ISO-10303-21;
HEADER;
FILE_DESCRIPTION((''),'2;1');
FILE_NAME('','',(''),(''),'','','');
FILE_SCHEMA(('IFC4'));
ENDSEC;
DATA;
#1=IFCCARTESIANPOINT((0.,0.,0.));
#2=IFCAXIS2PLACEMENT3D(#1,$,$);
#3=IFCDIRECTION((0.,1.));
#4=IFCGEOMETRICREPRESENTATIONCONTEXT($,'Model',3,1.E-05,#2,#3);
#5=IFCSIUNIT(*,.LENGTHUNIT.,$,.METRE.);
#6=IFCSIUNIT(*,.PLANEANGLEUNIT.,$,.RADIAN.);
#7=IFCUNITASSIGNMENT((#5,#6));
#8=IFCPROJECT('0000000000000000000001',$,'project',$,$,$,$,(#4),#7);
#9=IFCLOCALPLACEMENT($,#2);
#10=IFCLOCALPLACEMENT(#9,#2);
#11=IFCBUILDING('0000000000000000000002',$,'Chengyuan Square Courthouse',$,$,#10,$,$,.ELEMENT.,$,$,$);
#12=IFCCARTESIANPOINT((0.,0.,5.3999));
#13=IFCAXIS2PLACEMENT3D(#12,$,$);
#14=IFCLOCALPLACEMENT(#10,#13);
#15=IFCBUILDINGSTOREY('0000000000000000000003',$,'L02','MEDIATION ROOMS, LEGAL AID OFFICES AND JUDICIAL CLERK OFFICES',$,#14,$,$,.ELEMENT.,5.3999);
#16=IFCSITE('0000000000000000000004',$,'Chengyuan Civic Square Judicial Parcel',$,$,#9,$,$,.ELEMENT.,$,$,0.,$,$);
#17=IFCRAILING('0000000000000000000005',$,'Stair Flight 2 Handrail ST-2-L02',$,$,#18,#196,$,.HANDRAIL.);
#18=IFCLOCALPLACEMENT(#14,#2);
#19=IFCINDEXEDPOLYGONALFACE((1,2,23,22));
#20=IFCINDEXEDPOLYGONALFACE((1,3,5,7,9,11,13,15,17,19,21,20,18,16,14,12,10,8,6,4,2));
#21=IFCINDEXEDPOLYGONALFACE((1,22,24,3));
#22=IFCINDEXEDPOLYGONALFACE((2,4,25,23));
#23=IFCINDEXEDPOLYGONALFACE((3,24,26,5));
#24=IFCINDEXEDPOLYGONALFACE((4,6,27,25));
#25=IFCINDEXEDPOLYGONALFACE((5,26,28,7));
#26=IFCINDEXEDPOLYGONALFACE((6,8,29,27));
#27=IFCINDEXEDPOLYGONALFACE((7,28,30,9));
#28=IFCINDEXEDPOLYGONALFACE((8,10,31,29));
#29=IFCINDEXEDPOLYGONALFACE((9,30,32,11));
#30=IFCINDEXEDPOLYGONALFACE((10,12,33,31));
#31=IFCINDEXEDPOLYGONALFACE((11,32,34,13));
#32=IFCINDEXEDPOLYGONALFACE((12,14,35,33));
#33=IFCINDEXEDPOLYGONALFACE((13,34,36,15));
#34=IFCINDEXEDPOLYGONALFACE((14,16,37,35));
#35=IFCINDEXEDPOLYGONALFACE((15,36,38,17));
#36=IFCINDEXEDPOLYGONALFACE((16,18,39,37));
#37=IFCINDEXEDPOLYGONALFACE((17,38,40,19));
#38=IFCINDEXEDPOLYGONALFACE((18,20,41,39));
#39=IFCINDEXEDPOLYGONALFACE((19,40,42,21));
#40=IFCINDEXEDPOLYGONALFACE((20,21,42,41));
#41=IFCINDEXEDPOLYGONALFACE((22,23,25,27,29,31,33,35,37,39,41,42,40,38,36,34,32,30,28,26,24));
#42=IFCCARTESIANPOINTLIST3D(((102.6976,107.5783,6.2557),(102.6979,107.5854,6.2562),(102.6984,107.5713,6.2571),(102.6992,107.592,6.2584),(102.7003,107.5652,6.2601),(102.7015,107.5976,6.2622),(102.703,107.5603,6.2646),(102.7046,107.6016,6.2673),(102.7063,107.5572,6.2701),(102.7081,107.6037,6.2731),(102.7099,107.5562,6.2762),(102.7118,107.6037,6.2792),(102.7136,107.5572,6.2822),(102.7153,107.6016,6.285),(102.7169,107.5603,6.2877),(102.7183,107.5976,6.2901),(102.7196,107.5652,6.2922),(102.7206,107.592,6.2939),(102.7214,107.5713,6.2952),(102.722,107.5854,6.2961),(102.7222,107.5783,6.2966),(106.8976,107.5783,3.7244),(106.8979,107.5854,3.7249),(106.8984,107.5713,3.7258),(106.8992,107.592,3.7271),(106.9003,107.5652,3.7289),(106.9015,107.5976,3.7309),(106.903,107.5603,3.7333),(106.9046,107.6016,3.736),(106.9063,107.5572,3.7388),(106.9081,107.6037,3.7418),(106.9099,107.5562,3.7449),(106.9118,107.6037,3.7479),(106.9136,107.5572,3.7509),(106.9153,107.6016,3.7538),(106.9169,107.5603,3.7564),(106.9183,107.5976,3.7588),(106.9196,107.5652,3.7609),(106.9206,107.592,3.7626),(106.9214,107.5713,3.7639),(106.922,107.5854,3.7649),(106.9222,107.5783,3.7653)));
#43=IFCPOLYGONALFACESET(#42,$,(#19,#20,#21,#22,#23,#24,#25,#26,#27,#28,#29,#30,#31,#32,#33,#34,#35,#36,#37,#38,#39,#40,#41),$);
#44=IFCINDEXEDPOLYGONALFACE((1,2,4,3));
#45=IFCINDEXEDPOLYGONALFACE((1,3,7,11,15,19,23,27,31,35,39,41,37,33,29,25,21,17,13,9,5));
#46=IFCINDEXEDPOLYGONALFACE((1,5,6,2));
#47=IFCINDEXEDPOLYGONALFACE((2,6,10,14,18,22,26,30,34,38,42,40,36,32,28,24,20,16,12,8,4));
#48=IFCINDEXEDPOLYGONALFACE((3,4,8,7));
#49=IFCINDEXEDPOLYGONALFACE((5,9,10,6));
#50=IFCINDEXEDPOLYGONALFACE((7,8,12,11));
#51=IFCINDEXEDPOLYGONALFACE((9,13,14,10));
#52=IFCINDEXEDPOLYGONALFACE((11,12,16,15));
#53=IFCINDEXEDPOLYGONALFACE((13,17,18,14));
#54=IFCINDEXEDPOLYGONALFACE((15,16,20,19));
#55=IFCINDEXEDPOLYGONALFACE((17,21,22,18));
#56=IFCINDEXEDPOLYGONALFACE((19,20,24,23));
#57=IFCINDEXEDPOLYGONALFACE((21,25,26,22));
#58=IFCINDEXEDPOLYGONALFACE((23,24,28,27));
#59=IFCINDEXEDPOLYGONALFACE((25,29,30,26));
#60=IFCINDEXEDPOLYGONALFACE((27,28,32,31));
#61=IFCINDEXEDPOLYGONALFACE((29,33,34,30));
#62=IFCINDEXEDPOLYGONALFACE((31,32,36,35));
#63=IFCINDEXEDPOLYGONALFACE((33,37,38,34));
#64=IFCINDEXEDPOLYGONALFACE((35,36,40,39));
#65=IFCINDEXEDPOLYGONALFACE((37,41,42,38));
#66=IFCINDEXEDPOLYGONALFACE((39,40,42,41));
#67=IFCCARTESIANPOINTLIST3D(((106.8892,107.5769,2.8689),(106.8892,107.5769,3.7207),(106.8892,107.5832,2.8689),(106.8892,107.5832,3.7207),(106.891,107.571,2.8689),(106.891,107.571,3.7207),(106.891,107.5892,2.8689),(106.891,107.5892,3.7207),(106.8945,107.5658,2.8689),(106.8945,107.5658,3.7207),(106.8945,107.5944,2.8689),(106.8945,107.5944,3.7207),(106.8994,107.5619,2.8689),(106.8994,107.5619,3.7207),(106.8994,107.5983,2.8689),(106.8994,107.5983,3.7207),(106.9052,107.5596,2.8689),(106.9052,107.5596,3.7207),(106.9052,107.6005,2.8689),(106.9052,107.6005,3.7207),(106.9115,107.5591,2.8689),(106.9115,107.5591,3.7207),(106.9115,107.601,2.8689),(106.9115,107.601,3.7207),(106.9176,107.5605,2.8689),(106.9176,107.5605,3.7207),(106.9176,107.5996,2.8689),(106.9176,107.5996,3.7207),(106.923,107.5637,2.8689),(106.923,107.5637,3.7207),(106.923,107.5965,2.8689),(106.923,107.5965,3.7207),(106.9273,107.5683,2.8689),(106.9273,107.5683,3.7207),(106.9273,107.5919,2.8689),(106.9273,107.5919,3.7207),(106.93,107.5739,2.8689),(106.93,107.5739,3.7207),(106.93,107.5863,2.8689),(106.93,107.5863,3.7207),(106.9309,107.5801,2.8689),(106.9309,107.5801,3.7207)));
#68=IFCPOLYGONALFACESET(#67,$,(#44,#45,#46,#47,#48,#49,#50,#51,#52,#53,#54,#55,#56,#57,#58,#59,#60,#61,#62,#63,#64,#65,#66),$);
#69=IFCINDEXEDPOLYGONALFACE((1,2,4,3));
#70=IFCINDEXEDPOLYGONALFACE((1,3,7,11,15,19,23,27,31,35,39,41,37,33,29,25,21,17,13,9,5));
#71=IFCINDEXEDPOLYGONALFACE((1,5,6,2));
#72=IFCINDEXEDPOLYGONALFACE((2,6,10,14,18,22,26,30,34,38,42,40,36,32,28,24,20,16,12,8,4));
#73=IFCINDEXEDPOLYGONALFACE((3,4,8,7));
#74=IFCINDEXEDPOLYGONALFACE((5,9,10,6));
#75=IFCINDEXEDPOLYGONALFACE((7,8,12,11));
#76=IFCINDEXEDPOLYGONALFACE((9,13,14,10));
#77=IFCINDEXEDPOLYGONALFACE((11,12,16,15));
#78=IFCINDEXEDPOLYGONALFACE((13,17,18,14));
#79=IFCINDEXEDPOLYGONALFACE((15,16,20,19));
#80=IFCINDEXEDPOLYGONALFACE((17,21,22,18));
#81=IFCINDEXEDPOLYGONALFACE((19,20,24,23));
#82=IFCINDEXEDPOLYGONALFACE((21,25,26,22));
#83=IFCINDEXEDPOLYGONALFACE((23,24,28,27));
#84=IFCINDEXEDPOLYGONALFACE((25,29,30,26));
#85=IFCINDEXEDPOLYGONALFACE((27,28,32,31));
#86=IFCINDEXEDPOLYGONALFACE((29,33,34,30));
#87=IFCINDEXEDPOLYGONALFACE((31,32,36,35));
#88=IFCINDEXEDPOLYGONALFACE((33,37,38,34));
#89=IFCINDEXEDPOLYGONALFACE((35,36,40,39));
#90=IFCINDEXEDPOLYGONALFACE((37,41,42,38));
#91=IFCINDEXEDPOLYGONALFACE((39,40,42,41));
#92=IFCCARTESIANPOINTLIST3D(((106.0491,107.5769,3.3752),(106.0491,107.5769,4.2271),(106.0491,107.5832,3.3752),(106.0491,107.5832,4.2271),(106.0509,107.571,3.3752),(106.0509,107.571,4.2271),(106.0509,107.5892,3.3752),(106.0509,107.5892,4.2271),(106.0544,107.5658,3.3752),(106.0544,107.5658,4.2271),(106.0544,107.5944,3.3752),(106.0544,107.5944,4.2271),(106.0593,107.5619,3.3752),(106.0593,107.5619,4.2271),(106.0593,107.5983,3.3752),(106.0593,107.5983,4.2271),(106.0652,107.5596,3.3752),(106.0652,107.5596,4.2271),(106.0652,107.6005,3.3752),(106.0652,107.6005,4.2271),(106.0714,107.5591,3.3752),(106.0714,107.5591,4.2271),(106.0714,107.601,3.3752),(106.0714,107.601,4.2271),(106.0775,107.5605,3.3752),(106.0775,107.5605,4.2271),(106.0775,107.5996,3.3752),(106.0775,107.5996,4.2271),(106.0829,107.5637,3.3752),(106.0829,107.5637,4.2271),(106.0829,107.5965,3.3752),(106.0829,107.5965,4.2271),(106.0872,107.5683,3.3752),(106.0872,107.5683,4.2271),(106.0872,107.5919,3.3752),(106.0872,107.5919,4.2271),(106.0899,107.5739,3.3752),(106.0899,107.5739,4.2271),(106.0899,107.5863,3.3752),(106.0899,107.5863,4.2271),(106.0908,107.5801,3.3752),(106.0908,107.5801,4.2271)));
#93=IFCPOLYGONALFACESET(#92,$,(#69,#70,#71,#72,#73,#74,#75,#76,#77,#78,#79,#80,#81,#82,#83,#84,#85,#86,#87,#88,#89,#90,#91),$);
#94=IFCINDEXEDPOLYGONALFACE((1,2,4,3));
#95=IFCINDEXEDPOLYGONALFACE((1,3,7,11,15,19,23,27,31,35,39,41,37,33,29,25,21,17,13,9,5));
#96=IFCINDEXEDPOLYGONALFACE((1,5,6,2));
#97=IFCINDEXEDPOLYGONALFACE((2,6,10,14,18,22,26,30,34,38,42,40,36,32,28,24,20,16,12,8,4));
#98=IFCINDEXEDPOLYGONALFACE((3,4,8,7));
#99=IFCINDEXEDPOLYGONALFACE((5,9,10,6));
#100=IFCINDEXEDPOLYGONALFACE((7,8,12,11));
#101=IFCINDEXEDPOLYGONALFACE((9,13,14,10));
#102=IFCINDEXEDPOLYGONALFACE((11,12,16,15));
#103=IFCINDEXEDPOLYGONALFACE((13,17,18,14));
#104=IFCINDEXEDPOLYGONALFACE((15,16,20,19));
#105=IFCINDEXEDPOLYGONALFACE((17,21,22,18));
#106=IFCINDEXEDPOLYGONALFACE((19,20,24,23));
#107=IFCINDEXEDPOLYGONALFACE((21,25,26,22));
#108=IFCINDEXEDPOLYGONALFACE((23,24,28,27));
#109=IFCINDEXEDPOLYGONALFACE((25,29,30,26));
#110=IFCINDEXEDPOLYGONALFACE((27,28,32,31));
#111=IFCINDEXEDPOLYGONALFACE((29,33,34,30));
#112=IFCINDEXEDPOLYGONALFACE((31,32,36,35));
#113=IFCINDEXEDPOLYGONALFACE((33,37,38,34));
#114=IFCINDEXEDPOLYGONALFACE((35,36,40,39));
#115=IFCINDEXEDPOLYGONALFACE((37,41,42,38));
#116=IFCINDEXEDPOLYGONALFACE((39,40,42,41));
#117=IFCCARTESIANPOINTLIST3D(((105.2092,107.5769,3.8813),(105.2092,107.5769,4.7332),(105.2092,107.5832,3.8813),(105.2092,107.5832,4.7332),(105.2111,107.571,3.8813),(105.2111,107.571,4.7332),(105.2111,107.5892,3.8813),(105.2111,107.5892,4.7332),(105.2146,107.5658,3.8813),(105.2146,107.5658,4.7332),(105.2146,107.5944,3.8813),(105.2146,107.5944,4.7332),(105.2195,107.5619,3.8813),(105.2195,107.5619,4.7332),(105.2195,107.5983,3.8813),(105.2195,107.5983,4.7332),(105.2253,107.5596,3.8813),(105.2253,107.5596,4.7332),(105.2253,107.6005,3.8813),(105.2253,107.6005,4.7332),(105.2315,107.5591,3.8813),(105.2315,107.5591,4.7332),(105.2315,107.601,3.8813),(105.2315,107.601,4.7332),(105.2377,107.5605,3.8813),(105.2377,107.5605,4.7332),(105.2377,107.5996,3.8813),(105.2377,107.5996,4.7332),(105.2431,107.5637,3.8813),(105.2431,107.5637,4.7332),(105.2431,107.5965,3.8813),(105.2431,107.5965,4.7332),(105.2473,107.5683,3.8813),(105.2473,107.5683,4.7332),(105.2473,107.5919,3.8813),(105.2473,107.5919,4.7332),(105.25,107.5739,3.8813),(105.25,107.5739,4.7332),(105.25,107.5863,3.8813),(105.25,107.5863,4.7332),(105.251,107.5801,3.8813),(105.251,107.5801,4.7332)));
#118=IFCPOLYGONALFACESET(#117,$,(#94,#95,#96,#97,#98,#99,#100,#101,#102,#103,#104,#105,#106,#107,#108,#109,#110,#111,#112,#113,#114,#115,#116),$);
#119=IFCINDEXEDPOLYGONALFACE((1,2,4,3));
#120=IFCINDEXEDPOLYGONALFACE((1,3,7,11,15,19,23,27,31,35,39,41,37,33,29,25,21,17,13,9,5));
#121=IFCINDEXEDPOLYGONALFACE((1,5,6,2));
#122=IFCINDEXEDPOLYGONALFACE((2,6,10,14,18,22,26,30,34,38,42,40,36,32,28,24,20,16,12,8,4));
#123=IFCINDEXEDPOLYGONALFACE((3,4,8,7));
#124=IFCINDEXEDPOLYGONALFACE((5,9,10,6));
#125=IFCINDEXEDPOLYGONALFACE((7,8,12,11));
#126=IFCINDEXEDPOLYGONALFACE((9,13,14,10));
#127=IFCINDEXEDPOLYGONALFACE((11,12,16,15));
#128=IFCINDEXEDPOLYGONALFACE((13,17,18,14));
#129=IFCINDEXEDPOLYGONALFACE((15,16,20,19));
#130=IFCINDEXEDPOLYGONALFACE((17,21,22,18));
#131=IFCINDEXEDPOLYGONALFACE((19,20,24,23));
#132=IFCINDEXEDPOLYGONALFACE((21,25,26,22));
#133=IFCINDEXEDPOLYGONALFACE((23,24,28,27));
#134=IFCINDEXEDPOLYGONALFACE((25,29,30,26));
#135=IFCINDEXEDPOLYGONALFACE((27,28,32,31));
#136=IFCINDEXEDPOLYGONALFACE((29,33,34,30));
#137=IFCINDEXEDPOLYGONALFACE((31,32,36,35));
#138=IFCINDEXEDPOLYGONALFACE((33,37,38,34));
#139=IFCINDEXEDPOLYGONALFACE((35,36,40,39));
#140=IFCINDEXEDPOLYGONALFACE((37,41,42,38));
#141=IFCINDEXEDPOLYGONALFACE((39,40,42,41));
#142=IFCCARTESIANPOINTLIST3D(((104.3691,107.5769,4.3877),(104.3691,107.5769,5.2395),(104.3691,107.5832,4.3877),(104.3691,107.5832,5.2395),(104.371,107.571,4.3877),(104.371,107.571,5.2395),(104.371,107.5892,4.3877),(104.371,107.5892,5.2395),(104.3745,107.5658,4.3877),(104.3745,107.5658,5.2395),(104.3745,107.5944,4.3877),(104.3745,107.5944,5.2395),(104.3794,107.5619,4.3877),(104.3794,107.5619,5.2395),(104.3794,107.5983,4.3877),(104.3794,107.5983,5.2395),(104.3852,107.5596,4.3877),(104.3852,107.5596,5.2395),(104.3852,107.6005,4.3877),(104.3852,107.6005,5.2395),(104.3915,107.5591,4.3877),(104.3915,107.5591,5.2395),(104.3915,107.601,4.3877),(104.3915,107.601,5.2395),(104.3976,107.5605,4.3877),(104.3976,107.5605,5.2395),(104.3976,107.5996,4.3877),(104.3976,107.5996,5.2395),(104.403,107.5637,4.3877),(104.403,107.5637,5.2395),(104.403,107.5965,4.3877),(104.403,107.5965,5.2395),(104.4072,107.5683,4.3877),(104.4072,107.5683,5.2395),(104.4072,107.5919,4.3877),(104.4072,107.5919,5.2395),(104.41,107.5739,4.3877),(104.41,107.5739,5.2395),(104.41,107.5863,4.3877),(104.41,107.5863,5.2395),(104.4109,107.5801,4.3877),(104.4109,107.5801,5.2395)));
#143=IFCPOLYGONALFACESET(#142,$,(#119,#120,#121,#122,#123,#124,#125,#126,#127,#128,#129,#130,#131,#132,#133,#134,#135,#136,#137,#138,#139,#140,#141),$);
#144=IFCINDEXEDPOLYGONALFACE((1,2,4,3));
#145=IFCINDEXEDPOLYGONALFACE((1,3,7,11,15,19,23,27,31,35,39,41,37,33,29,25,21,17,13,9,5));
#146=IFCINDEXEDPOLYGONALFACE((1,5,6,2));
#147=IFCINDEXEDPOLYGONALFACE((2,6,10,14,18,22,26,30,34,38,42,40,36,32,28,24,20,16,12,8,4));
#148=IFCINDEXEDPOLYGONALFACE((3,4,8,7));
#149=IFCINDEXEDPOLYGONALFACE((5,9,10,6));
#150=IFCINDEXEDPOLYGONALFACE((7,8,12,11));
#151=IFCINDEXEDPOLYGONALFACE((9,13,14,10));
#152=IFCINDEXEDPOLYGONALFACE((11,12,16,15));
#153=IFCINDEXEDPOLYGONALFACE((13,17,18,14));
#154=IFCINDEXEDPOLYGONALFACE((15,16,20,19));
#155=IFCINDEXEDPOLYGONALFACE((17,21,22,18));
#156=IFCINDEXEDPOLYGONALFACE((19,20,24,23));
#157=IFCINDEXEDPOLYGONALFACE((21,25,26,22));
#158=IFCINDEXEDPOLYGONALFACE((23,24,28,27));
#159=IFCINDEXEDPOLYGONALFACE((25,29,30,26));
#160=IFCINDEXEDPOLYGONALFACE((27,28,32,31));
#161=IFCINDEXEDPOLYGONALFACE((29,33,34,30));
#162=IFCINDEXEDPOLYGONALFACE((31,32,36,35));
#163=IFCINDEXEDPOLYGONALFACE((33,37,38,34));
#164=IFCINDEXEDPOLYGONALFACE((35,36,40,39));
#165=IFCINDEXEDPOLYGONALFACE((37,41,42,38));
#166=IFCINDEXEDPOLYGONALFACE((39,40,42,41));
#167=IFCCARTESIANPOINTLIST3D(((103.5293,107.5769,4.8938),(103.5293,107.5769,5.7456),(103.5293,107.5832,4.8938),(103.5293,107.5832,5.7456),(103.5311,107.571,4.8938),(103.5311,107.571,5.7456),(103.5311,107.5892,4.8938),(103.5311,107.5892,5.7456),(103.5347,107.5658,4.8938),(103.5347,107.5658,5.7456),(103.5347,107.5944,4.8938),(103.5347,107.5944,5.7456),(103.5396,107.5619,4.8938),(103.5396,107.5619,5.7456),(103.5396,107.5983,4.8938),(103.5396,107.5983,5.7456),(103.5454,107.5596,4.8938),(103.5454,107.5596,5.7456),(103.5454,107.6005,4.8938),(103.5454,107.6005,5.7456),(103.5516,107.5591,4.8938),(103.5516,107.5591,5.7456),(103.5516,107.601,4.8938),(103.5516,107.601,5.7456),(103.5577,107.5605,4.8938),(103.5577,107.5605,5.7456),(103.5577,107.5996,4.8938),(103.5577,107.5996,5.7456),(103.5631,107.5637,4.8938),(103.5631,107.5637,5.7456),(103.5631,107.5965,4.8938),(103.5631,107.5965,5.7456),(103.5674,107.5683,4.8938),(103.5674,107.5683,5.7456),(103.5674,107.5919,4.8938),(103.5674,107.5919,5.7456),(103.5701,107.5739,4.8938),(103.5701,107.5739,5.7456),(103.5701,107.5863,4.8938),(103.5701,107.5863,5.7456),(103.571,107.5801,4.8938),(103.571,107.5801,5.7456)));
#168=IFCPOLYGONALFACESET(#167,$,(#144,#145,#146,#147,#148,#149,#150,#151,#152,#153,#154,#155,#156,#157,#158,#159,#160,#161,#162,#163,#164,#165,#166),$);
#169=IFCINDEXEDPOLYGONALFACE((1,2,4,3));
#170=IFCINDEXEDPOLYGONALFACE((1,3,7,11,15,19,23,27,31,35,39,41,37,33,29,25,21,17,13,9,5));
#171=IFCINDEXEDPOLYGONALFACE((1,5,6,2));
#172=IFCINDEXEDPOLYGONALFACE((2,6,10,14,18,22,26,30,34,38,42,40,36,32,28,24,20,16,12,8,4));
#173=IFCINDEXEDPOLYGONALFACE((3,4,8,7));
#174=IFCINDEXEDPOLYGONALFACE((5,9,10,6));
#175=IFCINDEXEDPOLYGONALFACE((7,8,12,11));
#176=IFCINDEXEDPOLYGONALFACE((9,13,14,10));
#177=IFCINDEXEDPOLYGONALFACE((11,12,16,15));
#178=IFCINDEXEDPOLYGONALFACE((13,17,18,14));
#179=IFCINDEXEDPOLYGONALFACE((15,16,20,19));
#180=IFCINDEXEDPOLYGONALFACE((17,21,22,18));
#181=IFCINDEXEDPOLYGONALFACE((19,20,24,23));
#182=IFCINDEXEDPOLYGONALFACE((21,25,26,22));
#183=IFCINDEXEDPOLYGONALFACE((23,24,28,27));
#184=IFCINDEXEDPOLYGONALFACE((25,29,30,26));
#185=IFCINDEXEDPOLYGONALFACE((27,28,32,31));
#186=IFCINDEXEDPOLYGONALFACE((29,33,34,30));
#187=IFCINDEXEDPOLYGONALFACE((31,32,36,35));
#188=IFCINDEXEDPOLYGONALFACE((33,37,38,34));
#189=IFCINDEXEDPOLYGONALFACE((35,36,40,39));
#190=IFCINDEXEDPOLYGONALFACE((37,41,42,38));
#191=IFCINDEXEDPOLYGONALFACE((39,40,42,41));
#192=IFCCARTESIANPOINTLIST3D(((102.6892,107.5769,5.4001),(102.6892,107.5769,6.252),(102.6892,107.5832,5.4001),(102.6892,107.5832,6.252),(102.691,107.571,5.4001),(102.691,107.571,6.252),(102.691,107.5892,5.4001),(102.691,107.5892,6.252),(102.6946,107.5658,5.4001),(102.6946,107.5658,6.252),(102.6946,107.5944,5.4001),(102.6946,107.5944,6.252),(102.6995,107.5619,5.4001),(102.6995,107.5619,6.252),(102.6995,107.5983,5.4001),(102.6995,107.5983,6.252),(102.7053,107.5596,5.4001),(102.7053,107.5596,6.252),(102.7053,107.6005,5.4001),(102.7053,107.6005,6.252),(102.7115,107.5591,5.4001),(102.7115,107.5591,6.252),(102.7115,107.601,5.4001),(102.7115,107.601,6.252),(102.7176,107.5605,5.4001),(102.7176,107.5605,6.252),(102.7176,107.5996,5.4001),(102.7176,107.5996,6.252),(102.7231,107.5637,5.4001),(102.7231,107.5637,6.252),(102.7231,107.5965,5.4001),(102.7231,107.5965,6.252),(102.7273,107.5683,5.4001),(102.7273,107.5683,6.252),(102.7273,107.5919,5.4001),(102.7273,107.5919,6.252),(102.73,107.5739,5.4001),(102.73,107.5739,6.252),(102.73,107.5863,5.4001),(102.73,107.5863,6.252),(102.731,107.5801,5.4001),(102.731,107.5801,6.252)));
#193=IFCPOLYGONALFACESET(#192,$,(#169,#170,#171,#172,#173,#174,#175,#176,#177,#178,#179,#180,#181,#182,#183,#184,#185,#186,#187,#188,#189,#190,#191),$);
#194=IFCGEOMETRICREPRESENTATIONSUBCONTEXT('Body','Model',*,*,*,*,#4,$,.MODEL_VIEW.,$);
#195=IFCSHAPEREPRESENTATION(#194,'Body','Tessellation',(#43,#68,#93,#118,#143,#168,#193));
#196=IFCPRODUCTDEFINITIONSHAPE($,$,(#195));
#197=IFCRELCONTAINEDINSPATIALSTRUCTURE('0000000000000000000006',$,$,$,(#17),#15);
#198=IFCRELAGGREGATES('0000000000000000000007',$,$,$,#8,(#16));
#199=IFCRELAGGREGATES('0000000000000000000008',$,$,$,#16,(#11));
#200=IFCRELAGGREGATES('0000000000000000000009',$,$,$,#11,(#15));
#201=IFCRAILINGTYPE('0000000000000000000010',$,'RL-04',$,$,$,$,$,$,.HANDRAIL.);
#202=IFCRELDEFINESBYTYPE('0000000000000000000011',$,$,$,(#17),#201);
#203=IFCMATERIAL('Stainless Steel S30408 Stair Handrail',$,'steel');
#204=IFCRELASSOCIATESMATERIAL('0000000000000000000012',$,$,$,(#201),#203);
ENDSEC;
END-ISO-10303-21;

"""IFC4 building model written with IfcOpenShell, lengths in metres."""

from ifc_helpers import new_model, si_unit, direction, frame, origin, origin_2d, place, context, subcontext, project, spatial, circle, extrude, material, type_object, element, save


model = new_model("IFC4")

# Units and contexts
model_context = context("Model", 3, precision=1e-05, world=origin(), true_north=direction((0.0, 1.0)))
body_context = subcontext(model_context, "Body", "Model", "MODEL_VIEW")
ifc_project = project(units=[si_unit("LENGTHUNIT", "METRE"), si_unit("PLANEANGLEUNIT", "RADIAN")], contexts=[model_context])

# Site, building, storey
site_placement = place(None, origin())
site = spatial("IfcSite", under=ifc_project, at=site_placement, Name="Chengyuan Civic Square Judicial Parcel", CompositionType="ELEMENT", RefElevation=0.0)
building_placement = place(site_placement, origin())
building = spatial("IfcBuilding", under=site, at=building_placement, Name="Chengyuan Square Courthouse", CompositionType="ELEMENT")
storey_placement = place(building_placement, frame((0.0, 0.0, 5.3999)))
storey = spatial("IfcBuildingStorey", under=building, at=storey_placement, Name="L02", Description="MEDIATION ROOMS, LEGAL AID OFFICES AND JUDICIAL CLERK OFFICES", CompositionType="ELEMENT", Elevation=5.3999)

# Railing
ifc_material_1 = material(Name="Stainless Steel S30408 Stair Handrail", Category="steel")
railing_type_1 = type_object("IfcRailingType", Name="RL-04", PredefinedType="HANDRAIL", material=ifc_material_1)
railing_1_placement = place(storey_placement, frame((106.9099, 107.5801, 2.8689)))
element("IfcRailing", 1, at=railing_1_placement, inside=storey, type_object=railing_type_1, Name="Stair Flight 2 Handrail ST-2-L02", PredefinedType="HANDRAIL", context=body_context, shape_type="SweptSolid", body=[
    extrude(circle(Radius=0.0239, at=origin_2d()), frame((0.0, 0.0, 0.876), z_axis=(-0.856476, 0.0, 0.516186), x_axis=(0.0, -1.0, 0.0)), (0.0, 0.0, 1.0), 4.9038),
    extrude(circle(Radius=0.021, at=origin_2d()), origin(), (0.0, 0.0, 1.0), 0.8518),
    extrude(circle(Radius=0.021, at=origin_2d()), frame((-0.8401, 0.0, 0.5063)), (0.0, 0.0, 1.0), 0.8518),
    extrude(circle(Radius=0.021, at=origin_2d()), frame((-1.6799, 0.0, 1.0125)), (0.0, 0.0, 1.0), 0.8518),
    extrude(circle(Radius=0.021, at=origin_2d()), frame((-2.52, 0.0, 1.5188)), (0.0, 0.0, 1.0), 0.8518),
    extrude(circle(Radius=0.021, at=origin_2d()), frame((-3.3599, 0.0, 2.0249)), (0.0, 0.0, 1.0), 0.8518),
    extrude(circle(Radius=0.021, at=origin_2d()), frame((-4.2, 0.0, 2.5312)), (0.0, 0.0, 1.0), 0.8518),
])

save(model, "model.ifc")
